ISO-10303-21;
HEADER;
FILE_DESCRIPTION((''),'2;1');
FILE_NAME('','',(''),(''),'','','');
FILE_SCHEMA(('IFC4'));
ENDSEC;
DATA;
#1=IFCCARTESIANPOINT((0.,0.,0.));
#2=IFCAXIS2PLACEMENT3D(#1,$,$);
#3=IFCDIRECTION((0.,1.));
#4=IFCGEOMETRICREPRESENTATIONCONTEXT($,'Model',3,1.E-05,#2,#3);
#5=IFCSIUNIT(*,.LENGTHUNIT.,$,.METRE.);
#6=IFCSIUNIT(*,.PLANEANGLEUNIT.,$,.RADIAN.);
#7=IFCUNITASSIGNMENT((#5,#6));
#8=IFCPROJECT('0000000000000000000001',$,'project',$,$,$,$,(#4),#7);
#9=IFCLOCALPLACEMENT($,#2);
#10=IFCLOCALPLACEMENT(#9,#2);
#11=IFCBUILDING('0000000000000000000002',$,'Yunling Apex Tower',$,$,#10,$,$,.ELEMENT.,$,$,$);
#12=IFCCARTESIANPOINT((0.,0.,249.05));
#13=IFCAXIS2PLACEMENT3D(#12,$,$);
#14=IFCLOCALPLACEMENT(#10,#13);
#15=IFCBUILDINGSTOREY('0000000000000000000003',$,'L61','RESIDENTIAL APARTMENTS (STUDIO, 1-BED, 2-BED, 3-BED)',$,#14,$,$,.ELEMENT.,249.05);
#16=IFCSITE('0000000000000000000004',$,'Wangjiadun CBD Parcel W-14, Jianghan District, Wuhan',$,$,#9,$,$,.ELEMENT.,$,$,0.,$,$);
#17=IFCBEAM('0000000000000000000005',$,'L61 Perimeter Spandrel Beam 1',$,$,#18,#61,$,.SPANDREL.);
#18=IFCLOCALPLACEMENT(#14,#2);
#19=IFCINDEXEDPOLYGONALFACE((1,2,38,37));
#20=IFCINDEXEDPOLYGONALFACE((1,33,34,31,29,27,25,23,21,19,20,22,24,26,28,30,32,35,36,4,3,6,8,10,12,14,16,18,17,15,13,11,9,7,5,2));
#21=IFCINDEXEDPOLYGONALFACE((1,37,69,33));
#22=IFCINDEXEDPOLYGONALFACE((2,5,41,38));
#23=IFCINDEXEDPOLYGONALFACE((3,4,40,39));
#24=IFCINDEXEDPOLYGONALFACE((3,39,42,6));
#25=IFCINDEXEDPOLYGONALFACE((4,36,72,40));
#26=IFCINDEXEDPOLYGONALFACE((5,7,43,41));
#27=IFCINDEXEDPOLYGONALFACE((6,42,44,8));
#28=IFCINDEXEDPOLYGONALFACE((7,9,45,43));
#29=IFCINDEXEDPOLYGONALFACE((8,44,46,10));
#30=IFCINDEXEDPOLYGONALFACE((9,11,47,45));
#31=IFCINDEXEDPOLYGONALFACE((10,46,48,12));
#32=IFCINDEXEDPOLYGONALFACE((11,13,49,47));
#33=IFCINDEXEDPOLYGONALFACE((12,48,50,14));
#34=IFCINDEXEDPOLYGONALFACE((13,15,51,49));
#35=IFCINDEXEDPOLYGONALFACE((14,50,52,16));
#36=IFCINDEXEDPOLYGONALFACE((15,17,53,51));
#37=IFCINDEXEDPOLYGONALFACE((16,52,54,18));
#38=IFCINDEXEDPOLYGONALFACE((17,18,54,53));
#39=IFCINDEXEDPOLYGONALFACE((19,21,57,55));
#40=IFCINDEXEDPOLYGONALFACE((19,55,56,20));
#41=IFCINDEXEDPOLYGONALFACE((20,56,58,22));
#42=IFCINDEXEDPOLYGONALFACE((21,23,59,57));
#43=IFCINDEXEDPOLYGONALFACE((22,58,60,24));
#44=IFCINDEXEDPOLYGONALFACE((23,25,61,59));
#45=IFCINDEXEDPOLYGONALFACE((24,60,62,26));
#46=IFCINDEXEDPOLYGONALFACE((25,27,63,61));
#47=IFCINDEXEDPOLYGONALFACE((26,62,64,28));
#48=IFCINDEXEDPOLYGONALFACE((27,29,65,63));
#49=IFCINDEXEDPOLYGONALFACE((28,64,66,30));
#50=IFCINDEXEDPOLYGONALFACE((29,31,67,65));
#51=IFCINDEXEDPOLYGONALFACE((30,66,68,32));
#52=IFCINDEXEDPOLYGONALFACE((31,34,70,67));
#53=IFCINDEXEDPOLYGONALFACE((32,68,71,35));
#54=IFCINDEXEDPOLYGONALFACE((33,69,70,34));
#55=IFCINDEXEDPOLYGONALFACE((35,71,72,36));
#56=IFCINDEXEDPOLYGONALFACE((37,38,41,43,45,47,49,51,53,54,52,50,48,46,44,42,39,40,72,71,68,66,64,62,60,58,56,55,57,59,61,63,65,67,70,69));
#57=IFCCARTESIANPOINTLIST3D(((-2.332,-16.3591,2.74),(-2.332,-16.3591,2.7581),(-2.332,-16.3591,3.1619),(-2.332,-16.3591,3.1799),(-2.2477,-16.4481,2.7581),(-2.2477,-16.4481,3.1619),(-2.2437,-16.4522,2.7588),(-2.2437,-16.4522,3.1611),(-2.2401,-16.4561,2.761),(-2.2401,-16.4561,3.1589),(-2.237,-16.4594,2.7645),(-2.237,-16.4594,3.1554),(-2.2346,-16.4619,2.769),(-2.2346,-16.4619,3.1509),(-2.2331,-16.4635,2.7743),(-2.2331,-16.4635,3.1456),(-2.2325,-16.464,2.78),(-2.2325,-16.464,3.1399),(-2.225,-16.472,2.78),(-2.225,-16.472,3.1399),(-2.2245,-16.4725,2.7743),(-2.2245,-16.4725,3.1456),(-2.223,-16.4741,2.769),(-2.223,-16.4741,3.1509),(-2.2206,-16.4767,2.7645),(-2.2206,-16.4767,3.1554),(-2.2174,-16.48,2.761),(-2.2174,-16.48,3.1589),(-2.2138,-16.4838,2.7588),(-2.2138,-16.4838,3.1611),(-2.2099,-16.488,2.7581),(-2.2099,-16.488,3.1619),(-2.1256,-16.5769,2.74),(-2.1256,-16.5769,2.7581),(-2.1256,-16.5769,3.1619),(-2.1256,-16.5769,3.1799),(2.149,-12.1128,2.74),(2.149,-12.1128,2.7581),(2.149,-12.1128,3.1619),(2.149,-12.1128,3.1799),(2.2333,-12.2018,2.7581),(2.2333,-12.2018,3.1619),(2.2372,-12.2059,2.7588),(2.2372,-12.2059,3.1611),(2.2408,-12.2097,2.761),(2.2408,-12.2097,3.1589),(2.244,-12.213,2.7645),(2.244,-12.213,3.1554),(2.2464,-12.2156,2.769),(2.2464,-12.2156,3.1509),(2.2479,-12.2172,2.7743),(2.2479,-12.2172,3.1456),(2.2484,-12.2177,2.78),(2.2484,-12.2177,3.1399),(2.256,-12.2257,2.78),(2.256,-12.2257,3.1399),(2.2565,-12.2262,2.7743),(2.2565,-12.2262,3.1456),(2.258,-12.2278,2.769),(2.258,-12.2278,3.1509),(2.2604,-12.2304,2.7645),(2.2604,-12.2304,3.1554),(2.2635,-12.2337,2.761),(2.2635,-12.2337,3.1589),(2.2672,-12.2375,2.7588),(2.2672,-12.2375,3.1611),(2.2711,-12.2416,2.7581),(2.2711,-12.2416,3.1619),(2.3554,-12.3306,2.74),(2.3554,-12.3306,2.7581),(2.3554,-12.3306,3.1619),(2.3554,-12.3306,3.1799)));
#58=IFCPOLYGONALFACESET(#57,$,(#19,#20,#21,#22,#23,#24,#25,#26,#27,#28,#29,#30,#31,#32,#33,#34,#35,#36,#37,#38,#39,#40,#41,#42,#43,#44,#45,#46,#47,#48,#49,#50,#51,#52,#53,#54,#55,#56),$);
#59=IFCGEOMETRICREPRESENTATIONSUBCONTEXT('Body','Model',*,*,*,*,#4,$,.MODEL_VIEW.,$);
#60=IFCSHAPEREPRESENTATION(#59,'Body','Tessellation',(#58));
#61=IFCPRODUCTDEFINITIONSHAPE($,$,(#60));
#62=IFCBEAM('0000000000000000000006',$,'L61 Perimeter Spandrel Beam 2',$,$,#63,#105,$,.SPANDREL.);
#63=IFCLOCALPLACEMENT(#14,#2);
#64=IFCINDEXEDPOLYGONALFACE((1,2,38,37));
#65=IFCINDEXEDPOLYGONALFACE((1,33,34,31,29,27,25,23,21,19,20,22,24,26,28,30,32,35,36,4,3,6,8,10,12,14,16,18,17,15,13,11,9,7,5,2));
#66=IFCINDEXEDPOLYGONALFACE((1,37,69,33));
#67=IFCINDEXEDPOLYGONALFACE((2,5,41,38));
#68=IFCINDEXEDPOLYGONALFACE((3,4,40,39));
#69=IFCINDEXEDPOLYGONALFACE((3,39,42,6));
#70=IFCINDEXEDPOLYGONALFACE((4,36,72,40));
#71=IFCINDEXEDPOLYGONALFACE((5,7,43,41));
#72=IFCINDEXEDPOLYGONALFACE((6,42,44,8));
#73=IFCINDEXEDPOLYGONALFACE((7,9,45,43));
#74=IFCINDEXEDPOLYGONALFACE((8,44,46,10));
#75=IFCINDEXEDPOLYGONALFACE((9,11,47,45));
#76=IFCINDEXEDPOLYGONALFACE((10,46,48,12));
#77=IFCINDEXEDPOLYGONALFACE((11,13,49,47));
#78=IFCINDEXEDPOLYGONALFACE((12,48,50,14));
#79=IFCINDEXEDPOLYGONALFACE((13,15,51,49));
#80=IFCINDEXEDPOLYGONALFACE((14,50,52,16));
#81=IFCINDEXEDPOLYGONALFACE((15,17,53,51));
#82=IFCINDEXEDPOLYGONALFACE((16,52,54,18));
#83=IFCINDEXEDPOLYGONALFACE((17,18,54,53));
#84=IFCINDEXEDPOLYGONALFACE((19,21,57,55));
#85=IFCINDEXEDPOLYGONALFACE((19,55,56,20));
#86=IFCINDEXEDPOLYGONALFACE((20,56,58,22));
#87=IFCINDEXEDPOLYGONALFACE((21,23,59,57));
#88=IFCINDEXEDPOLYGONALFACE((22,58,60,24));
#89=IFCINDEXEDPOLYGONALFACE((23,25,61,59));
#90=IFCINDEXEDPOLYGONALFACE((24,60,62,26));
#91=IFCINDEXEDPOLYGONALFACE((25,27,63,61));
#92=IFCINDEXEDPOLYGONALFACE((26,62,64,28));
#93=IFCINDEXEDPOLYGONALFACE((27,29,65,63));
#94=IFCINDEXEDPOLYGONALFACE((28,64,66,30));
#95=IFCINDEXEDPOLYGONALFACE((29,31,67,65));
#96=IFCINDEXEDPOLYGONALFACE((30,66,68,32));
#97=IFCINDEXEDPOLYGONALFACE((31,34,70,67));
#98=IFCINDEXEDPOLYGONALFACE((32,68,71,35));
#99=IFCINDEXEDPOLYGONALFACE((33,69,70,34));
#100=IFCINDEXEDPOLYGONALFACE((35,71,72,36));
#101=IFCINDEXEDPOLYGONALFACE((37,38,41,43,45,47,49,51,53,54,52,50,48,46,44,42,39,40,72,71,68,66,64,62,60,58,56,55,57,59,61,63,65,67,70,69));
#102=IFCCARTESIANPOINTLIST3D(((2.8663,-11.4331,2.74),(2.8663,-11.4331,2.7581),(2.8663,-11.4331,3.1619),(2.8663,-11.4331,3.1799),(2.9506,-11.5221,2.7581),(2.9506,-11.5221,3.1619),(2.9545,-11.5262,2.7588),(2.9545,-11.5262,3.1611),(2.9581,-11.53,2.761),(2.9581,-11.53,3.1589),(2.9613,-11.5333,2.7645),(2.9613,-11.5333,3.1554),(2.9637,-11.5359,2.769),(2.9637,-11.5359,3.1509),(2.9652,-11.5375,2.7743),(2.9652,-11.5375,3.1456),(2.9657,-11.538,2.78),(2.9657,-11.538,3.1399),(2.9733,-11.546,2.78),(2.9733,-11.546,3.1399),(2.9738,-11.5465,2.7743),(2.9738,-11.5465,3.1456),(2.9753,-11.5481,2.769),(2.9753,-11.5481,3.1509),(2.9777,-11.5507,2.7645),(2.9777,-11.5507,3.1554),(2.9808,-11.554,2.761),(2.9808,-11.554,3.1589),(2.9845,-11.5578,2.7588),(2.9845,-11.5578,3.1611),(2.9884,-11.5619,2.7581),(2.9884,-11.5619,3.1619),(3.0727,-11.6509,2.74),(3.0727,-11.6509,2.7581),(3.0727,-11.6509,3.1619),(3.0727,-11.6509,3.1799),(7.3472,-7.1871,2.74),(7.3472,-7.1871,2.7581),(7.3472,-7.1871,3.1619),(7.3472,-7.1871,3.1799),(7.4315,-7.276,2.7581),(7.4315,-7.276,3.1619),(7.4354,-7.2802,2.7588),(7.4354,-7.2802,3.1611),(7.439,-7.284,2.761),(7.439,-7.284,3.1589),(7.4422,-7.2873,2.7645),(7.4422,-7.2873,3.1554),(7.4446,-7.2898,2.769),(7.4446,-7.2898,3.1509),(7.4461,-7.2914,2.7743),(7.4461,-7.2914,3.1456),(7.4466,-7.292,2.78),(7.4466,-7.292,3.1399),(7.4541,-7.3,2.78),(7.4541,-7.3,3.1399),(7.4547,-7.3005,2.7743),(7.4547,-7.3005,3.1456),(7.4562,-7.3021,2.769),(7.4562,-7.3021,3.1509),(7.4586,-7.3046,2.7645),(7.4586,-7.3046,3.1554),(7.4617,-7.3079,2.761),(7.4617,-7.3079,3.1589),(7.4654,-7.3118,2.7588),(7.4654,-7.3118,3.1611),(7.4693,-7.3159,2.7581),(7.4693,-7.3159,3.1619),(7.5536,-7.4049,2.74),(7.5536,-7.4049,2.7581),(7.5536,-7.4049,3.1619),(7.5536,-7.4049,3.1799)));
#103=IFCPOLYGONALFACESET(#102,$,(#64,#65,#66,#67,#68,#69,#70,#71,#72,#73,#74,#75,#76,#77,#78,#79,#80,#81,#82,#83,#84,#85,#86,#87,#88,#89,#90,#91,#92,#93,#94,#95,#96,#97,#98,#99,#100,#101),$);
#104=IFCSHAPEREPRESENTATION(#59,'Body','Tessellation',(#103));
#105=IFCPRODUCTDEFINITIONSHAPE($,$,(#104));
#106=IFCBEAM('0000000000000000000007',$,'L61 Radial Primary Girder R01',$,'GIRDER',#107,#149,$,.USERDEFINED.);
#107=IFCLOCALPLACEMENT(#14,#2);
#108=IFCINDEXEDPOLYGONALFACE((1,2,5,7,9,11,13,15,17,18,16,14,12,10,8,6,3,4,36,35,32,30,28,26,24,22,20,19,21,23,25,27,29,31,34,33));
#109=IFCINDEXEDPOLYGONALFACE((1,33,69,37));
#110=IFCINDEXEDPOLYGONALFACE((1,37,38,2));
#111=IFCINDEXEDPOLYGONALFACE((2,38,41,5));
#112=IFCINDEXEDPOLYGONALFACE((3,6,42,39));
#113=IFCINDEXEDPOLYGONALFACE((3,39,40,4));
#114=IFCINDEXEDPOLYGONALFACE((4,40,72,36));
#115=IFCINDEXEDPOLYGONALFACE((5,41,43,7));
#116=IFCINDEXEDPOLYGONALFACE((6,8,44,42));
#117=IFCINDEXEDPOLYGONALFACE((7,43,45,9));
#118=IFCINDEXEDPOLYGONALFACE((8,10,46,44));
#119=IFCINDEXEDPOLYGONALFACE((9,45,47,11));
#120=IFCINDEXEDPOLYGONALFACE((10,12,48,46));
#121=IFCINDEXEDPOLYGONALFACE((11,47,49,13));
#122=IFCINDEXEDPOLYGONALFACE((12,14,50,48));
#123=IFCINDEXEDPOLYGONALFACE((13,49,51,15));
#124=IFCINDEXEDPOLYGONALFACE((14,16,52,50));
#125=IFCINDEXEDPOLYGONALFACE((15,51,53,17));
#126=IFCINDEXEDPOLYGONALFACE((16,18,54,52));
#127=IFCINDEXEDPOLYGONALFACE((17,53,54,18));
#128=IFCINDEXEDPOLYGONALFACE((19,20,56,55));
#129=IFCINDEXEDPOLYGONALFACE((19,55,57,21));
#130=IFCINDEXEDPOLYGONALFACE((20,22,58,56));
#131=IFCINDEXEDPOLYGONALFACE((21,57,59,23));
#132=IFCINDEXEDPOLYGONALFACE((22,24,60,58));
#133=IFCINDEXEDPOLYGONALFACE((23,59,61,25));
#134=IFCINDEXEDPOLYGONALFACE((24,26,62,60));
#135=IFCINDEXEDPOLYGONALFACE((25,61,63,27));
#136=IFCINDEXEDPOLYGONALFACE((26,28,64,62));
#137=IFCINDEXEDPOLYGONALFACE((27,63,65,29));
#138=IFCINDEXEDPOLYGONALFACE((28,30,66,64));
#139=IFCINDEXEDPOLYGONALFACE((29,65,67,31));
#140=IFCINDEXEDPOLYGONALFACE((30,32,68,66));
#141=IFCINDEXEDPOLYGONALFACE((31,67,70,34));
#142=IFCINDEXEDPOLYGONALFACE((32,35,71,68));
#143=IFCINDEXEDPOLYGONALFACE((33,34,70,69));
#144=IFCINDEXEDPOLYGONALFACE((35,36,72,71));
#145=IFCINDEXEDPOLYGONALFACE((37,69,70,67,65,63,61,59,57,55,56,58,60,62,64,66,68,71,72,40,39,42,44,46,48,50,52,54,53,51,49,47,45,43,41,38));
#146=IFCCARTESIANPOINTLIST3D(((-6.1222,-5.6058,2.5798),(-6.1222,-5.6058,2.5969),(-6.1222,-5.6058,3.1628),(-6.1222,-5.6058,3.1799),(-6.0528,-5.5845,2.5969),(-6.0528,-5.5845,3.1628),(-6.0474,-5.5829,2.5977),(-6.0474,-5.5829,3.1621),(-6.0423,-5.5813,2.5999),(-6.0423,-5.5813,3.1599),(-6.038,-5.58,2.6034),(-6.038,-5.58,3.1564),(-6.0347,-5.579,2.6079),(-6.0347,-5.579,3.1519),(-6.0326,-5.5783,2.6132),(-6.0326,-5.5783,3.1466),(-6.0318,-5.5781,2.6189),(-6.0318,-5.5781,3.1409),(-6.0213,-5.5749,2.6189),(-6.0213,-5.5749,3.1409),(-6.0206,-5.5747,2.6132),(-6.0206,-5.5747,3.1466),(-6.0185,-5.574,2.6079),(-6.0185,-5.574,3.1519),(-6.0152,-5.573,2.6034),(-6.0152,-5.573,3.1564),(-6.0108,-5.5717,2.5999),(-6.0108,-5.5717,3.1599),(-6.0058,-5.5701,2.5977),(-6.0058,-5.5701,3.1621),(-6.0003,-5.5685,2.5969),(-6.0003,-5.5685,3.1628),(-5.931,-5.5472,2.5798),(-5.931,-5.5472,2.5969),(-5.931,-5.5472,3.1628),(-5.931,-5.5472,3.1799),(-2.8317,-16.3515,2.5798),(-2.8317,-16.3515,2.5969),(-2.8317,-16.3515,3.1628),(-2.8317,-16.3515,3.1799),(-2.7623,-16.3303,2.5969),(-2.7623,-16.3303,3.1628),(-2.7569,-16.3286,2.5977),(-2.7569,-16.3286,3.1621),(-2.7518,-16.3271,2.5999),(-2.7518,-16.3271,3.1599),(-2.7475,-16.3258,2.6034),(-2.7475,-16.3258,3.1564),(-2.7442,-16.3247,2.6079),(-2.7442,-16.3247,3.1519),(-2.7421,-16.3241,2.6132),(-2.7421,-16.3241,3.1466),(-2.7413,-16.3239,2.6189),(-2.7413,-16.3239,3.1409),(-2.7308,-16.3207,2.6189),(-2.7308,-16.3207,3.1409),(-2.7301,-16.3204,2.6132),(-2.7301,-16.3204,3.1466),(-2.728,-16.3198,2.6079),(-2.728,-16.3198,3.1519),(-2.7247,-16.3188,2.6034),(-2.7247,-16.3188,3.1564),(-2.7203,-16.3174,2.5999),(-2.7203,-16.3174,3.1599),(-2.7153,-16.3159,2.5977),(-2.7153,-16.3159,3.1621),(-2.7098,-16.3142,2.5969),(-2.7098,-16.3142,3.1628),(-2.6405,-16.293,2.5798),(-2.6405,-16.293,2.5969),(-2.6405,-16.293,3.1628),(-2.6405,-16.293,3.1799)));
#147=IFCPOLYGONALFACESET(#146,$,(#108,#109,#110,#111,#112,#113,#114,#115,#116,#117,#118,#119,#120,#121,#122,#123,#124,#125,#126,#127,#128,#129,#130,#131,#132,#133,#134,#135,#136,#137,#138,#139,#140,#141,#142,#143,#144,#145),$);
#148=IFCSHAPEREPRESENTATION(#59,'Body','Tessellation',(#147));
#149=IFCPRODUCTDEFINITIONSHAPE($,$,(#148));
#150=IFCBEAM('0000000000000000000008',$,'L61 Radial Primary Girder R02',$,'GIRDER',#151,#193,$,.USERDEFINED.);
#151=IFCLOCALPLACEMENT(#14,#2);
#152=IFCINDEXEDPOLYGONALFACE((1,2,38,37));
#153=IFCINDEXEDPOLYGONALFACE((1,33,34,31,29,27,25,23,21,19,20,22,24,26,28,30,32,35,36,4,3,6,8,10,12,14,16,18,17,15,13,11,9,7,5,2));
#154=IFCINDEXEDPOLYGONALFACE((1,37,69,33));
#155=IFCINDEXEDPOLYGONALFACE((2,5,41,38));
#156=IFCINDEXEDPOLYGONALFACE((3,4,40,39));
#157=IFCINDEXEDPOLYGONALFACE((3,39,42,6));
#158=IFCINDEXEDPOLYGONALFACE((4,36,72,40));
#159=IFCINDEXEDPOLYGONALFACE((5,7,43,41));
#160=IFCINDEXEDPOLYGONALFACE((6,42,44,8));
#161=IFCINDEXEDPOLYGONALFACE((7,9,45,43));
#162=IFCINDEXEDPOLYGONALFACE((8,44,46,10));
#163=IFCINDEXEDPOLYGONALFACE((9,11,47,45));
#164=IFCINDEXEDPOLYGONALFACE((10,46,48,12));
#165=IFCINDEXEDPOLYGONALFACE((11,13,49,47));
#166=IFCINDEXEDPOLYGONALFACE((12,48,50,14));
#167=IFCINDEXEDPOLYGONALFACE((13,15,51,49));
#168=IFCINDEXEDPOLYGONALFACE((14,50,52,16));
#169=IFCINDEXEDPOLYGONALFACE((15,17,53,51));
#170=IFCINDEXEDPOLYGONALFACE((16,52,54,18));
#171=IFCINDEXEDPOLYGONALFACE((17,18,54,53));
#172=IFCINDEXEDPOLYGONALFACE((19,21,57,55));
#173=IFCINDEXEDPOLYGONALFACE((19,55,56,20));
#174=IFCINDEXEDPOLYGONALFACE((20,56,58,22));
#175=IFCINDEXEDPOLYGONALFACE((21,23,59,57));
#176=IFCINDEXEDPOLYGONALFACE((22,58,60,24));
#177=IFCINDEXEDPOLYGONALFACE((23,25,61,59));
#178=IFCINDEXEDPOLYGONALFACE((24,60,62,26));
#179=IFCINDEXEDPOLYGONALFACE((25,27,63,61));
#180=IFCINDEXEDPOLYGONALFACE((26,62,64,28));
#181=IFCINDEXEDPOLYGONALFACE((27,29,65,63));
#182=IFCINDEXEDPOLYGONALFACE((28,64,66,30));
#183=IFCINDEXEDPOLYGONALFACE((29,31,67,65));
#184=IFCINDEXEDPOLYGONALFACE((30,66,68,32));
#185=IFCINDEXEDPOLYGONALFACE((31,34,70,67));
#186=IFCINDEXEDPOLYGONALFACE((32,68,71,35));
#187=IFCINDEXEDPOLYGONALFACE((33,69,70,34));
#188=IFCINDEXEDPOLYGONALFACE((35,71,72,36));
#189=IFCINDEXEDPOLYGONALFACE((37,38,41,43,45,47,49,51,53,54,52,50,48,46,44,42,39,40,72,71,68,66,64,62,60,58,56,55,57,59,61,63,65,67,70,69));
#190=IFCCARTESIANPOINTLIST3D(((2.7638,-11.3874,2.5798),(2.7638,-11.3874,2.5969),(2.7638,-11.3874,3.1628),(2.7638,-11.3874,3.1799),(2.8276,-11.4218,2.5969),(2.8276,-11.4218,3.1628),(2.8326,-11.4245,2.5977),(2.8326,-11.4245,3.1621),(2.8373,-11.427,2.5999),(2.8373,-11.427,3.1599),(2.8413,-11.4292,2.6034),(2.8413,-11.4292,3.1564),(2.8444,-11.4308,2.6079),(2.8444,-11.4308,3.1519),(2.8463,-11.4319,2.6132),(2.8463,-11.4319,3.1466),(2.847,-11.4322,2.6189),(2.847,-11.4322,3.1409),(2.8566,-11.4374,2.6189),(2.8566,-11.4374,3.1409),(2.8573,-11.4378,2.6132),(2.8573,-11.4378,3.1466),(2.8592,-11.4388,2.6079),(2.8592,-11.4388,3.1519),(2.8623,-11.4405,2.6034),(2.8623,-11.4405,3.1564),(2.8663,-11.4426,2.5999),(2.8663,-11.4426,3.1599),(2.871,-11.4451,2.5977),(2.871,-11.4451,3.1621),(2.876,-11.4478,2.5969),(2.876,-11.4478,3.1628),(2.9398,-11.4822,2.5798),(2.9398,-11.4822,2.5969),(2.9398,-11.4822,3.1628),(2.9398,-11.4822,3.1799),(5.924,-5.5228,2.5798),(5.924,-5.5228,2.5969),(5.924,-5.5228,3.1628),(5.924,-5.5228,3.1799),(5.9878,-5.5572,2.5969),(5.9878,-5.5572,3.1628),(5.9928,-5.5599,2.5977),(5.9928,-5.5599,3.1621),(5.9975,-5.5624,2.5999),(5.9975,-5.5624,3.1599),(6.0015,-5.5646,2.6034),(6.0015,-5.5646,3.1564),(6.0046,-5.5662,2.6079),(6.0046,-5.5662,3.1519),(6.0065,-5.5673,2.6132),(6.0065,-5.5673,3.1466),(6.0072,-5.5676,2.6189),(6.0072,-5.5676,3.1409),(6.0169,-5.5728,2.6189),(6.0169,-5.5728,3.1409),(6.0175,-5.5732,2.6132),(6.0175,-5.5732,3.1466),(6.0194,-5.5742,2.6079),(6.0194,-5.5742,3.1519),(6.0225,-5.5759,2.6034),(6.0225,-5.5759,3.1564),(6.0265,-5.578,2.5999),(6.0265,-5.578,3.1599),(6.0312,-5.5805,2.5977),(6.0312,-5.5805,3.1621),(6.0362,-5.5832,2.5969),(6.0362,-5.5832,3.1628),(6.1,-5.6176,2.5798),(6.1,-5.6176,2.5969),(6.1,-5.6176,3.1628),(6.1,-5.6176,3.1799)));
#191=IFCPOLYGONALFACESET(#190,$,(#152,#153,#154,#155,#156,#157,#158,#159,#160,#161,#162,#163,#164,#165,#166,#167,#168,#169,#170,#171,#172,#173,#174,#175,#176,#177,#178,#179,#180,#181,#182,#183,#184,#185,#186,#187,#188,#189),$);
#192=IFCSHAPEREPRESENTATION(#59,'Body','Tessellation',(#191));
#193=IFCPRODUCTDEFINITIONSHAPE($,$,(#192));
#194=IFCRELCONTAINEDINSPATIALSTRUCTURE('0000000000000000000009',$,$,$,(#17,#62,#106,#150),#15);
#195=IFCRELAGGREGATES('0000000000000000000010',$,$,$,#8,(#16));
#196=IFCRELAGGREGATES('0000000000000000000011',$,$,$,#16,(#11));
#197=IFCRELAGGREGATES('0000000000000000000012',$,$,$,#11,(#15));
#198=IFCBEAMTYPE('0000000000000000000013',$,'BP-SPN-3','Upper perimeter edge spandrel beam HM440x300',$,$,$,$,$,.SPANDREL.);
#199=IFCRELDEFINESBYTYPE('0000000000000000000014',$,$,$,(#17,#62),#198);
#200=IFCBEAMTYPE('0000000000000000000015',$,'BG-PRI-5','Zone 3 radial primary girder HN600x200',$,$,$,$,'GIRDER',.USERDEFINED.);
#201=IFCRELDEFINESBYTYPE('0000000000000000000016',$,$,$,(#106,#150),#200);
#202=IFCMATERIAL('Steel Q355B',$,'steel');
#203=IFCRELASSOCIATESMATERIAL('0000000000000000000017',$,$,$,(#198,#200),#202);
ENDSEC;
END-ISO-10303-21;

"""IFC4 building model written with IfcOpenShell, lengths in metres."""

from ifc_helpers import new_model, si_unit, direction, frame, origin, origin_2d, place, context, subcontext, project, spatial, i_section, extrude, source, transform, mapped, material, material_profile, profile_set, type_object, element, save


model = new_model("IFC4")

# Units and contexts
model_context = context("Model", 3, precision=1e-05, world=origin(), true_north=direction((0.0, 1.0)))
body_context = subcontext(model_context, "Body", "Model", "MODEL_VIEW")
ifc_project = project(units=[si_unit("LENGTHUNIT", "METRE"), si_unit("PLANEANGLEUNIT", "RADIAN")], contexts=[model_context])

# Site, building, storey
site_placement = place(None, origin())
site = spatial("IfcSite", under=ifc_project, at=site_placement, Name="Wangjiadun CBD Parcel W-14, Jianghan District, Wuhan", CompositionType="ELEMENT", RefElevation=0.0)
building_placement = place(site_placement, origin())
building = spatial("IfcBuilding", under=site, at=building_placement, Name="Yunling Apex Tower", CompositionType="ELEMENT")
storey_placement = place(building_placement, frame((0.0, 0.0, 249.05)))
storey = spatial("IfcBuildingStorey", under=building, at=storey_placement, Name="L61", Description="RESIDENTIAL APARTMENTS (STUDIO, 1-BED, 2-BED, 3-BED)", CompositionType="ELEMENT", Elevation=249.05)

# Beams
ifc_material_1 = material(Name="Steel Q355B", Category="steel")
ifc_material_profile_1 = material_profile(ifc_material_1, i_section(OverallWidth=0.3, OverallDepth=0.4399, WebThickness=0.011, FlangeThickness=0.0181, FilletRadius=0.022, at=origin_2d()))
ifc_profile_set_1 = profile_set([ifc_material_profile_1], Name="Steel Q355B")
beam_type_1 = type_object("IfcBeamType", Name="BP-SPN-3", Description="Upper perimeter edge spandrel beam HM440x300", PredefinedType="SPANDREL", material=ifc_profile_set_1)
shared_shape_1 = source(origin(), body_context, "Body", "SweptSolid", [
    extrude(i_section(OverallWidth=0.3, OverallDepth=0.4399, WebThickness=0.011, FlangeThickness=0.0181, FilletRadius=0.022, at=origin_2d()), origin(), (0.0, 0.0, 1.0), 6.1733),
])
beam_1_placement = place(storey_placement, frame((-2.2288, -16.468, 2.96), z_axis=(0.725854, 0.687849, 0.0), x_axis=(-0.687849, 0.725854, 0.0)))
element("IfcBeam", 1, at=beam_1_placement, inside=storey, type_object=beam_type_1, Name="L61 Perimeter Spandrel Beam 1", PredefinedType="SPANDREL", context=body_context, shape_type="MappedRepresentation", body=[
    mapped(shared_shape_1, transform((0.0, 0.0, 0.0), scale=1.0)),
])
shared_shape_2 = source(origin(), body_context, "Body", "SweptSolid", [
    extrude(i_section(OverallWidth=0.3, OverallDepth=0.4399, WebThickness=0.011, FlangeThickness=0.0181, FilletRadius=0.022, at=origin_2d()), origin(), (0.0, 0.0, 1.0), 6.1731),
])
beam_2_placement = place(storey_placement, frame((2.9695, -11.542, 2.96), z_axis=(0.725874, 0.687828, 0.0), x_axis=(-0.687828, 0.725874, 0.0)))
element("IfcBeam", 2, at=beam_2_placement, inside=storey, type_object=beam_type_1, Name="L61 Perimeter Spandrel Beam 2", PredefinedType="SPANDREL", context=body_context, shape_type="MappedRepresentation", body=[
    mapped(shared_shape_2, transform((0.0, 0.0, 0.0), scale=1.0)),
])
ifc_material_profile_2 = material_profile(ifc_material_1, i_section(OverallWidth=0.2, OverallDepth=0.6001, WebThickness=0.011, FlangeThickness=0.0171, FilletRadius=0.022, at=origin_2d()))
ifc_profile_set_2 = profile_set([ifc_material_profile_2], Name="Steel Q355B")
beam_type_2 = type_object("IfcBeamType", Name="BG-PRI-5", Description="Zone 3 radial primary girder HN600x200", ElementType="GIRDER", PredefinedType="USERDEFINED", material=ifc_profile_set_2)
shared_shape_3 = source(origin(), body_context, "Body", "SweptSolid", [
    extrude(i_section(OverallWidth=0.2, OverallDepth=0.6001, WebThickness=0.011, FlangeThickness=0.0171, FilletRadius=0.022, at=origin_2d()), origin(), (0.0, 0.0, 1.0), 11.2383),
])
beam_3_placement = place(storey_placement, frame((-2.7361, -16.3223, 2.8799), z_axis=(-0.292794, 0.956176, 0.0), x_axis=(-0.956176, -0.292794, 0.0)))
element("IfcBeam", 3, at=beam_3_placement, inside=storey, type_object=beam_type_2, Name="L61 Radial Primary Girder R01", ObjectType="GIRDER", PredefinedType="USERDEFINED", context=body_context, shape_type="MappedRepresentation", body=[
    mapped(shared_shape_3, transform((0.0, 0.0, 0.0), scale=1.0)),
])
shared_shape_4 = source(origin(), body_context, "Body", "SweptSolid", [
    extrude(i_section(OverallWidth=0.2, OverallDepth=0.6001, WebThickness=0.011, FlangeThickness=0.0171, FilletRadius=0.022, at=origin_2d()), origin(), (0.0, 0.0, 1.0), 6.6619),
])
beam_4_placement = place(storey_placement, frame((2.8518, -11.4348, 2.8799), z_axis=(0.474373, 0.880324, 0.0), x_axis=(-0.880324, 0.474373, 0.0)))
element("IfcBeam", 4, at=beam_4_placement, inside=storey, type_object=beam_type_2, Name="L61 Radial Primary Girder R02", ObjectType="GIRDER", PredefinedType="USERDEFINED", context=body_context, shape_type="MappedRepresentation", body=[
    mapped(shared_shape_4, transform((0.0, 0.0, 0.0), scale=1.0)),
])

save(model, "model.ifc")
